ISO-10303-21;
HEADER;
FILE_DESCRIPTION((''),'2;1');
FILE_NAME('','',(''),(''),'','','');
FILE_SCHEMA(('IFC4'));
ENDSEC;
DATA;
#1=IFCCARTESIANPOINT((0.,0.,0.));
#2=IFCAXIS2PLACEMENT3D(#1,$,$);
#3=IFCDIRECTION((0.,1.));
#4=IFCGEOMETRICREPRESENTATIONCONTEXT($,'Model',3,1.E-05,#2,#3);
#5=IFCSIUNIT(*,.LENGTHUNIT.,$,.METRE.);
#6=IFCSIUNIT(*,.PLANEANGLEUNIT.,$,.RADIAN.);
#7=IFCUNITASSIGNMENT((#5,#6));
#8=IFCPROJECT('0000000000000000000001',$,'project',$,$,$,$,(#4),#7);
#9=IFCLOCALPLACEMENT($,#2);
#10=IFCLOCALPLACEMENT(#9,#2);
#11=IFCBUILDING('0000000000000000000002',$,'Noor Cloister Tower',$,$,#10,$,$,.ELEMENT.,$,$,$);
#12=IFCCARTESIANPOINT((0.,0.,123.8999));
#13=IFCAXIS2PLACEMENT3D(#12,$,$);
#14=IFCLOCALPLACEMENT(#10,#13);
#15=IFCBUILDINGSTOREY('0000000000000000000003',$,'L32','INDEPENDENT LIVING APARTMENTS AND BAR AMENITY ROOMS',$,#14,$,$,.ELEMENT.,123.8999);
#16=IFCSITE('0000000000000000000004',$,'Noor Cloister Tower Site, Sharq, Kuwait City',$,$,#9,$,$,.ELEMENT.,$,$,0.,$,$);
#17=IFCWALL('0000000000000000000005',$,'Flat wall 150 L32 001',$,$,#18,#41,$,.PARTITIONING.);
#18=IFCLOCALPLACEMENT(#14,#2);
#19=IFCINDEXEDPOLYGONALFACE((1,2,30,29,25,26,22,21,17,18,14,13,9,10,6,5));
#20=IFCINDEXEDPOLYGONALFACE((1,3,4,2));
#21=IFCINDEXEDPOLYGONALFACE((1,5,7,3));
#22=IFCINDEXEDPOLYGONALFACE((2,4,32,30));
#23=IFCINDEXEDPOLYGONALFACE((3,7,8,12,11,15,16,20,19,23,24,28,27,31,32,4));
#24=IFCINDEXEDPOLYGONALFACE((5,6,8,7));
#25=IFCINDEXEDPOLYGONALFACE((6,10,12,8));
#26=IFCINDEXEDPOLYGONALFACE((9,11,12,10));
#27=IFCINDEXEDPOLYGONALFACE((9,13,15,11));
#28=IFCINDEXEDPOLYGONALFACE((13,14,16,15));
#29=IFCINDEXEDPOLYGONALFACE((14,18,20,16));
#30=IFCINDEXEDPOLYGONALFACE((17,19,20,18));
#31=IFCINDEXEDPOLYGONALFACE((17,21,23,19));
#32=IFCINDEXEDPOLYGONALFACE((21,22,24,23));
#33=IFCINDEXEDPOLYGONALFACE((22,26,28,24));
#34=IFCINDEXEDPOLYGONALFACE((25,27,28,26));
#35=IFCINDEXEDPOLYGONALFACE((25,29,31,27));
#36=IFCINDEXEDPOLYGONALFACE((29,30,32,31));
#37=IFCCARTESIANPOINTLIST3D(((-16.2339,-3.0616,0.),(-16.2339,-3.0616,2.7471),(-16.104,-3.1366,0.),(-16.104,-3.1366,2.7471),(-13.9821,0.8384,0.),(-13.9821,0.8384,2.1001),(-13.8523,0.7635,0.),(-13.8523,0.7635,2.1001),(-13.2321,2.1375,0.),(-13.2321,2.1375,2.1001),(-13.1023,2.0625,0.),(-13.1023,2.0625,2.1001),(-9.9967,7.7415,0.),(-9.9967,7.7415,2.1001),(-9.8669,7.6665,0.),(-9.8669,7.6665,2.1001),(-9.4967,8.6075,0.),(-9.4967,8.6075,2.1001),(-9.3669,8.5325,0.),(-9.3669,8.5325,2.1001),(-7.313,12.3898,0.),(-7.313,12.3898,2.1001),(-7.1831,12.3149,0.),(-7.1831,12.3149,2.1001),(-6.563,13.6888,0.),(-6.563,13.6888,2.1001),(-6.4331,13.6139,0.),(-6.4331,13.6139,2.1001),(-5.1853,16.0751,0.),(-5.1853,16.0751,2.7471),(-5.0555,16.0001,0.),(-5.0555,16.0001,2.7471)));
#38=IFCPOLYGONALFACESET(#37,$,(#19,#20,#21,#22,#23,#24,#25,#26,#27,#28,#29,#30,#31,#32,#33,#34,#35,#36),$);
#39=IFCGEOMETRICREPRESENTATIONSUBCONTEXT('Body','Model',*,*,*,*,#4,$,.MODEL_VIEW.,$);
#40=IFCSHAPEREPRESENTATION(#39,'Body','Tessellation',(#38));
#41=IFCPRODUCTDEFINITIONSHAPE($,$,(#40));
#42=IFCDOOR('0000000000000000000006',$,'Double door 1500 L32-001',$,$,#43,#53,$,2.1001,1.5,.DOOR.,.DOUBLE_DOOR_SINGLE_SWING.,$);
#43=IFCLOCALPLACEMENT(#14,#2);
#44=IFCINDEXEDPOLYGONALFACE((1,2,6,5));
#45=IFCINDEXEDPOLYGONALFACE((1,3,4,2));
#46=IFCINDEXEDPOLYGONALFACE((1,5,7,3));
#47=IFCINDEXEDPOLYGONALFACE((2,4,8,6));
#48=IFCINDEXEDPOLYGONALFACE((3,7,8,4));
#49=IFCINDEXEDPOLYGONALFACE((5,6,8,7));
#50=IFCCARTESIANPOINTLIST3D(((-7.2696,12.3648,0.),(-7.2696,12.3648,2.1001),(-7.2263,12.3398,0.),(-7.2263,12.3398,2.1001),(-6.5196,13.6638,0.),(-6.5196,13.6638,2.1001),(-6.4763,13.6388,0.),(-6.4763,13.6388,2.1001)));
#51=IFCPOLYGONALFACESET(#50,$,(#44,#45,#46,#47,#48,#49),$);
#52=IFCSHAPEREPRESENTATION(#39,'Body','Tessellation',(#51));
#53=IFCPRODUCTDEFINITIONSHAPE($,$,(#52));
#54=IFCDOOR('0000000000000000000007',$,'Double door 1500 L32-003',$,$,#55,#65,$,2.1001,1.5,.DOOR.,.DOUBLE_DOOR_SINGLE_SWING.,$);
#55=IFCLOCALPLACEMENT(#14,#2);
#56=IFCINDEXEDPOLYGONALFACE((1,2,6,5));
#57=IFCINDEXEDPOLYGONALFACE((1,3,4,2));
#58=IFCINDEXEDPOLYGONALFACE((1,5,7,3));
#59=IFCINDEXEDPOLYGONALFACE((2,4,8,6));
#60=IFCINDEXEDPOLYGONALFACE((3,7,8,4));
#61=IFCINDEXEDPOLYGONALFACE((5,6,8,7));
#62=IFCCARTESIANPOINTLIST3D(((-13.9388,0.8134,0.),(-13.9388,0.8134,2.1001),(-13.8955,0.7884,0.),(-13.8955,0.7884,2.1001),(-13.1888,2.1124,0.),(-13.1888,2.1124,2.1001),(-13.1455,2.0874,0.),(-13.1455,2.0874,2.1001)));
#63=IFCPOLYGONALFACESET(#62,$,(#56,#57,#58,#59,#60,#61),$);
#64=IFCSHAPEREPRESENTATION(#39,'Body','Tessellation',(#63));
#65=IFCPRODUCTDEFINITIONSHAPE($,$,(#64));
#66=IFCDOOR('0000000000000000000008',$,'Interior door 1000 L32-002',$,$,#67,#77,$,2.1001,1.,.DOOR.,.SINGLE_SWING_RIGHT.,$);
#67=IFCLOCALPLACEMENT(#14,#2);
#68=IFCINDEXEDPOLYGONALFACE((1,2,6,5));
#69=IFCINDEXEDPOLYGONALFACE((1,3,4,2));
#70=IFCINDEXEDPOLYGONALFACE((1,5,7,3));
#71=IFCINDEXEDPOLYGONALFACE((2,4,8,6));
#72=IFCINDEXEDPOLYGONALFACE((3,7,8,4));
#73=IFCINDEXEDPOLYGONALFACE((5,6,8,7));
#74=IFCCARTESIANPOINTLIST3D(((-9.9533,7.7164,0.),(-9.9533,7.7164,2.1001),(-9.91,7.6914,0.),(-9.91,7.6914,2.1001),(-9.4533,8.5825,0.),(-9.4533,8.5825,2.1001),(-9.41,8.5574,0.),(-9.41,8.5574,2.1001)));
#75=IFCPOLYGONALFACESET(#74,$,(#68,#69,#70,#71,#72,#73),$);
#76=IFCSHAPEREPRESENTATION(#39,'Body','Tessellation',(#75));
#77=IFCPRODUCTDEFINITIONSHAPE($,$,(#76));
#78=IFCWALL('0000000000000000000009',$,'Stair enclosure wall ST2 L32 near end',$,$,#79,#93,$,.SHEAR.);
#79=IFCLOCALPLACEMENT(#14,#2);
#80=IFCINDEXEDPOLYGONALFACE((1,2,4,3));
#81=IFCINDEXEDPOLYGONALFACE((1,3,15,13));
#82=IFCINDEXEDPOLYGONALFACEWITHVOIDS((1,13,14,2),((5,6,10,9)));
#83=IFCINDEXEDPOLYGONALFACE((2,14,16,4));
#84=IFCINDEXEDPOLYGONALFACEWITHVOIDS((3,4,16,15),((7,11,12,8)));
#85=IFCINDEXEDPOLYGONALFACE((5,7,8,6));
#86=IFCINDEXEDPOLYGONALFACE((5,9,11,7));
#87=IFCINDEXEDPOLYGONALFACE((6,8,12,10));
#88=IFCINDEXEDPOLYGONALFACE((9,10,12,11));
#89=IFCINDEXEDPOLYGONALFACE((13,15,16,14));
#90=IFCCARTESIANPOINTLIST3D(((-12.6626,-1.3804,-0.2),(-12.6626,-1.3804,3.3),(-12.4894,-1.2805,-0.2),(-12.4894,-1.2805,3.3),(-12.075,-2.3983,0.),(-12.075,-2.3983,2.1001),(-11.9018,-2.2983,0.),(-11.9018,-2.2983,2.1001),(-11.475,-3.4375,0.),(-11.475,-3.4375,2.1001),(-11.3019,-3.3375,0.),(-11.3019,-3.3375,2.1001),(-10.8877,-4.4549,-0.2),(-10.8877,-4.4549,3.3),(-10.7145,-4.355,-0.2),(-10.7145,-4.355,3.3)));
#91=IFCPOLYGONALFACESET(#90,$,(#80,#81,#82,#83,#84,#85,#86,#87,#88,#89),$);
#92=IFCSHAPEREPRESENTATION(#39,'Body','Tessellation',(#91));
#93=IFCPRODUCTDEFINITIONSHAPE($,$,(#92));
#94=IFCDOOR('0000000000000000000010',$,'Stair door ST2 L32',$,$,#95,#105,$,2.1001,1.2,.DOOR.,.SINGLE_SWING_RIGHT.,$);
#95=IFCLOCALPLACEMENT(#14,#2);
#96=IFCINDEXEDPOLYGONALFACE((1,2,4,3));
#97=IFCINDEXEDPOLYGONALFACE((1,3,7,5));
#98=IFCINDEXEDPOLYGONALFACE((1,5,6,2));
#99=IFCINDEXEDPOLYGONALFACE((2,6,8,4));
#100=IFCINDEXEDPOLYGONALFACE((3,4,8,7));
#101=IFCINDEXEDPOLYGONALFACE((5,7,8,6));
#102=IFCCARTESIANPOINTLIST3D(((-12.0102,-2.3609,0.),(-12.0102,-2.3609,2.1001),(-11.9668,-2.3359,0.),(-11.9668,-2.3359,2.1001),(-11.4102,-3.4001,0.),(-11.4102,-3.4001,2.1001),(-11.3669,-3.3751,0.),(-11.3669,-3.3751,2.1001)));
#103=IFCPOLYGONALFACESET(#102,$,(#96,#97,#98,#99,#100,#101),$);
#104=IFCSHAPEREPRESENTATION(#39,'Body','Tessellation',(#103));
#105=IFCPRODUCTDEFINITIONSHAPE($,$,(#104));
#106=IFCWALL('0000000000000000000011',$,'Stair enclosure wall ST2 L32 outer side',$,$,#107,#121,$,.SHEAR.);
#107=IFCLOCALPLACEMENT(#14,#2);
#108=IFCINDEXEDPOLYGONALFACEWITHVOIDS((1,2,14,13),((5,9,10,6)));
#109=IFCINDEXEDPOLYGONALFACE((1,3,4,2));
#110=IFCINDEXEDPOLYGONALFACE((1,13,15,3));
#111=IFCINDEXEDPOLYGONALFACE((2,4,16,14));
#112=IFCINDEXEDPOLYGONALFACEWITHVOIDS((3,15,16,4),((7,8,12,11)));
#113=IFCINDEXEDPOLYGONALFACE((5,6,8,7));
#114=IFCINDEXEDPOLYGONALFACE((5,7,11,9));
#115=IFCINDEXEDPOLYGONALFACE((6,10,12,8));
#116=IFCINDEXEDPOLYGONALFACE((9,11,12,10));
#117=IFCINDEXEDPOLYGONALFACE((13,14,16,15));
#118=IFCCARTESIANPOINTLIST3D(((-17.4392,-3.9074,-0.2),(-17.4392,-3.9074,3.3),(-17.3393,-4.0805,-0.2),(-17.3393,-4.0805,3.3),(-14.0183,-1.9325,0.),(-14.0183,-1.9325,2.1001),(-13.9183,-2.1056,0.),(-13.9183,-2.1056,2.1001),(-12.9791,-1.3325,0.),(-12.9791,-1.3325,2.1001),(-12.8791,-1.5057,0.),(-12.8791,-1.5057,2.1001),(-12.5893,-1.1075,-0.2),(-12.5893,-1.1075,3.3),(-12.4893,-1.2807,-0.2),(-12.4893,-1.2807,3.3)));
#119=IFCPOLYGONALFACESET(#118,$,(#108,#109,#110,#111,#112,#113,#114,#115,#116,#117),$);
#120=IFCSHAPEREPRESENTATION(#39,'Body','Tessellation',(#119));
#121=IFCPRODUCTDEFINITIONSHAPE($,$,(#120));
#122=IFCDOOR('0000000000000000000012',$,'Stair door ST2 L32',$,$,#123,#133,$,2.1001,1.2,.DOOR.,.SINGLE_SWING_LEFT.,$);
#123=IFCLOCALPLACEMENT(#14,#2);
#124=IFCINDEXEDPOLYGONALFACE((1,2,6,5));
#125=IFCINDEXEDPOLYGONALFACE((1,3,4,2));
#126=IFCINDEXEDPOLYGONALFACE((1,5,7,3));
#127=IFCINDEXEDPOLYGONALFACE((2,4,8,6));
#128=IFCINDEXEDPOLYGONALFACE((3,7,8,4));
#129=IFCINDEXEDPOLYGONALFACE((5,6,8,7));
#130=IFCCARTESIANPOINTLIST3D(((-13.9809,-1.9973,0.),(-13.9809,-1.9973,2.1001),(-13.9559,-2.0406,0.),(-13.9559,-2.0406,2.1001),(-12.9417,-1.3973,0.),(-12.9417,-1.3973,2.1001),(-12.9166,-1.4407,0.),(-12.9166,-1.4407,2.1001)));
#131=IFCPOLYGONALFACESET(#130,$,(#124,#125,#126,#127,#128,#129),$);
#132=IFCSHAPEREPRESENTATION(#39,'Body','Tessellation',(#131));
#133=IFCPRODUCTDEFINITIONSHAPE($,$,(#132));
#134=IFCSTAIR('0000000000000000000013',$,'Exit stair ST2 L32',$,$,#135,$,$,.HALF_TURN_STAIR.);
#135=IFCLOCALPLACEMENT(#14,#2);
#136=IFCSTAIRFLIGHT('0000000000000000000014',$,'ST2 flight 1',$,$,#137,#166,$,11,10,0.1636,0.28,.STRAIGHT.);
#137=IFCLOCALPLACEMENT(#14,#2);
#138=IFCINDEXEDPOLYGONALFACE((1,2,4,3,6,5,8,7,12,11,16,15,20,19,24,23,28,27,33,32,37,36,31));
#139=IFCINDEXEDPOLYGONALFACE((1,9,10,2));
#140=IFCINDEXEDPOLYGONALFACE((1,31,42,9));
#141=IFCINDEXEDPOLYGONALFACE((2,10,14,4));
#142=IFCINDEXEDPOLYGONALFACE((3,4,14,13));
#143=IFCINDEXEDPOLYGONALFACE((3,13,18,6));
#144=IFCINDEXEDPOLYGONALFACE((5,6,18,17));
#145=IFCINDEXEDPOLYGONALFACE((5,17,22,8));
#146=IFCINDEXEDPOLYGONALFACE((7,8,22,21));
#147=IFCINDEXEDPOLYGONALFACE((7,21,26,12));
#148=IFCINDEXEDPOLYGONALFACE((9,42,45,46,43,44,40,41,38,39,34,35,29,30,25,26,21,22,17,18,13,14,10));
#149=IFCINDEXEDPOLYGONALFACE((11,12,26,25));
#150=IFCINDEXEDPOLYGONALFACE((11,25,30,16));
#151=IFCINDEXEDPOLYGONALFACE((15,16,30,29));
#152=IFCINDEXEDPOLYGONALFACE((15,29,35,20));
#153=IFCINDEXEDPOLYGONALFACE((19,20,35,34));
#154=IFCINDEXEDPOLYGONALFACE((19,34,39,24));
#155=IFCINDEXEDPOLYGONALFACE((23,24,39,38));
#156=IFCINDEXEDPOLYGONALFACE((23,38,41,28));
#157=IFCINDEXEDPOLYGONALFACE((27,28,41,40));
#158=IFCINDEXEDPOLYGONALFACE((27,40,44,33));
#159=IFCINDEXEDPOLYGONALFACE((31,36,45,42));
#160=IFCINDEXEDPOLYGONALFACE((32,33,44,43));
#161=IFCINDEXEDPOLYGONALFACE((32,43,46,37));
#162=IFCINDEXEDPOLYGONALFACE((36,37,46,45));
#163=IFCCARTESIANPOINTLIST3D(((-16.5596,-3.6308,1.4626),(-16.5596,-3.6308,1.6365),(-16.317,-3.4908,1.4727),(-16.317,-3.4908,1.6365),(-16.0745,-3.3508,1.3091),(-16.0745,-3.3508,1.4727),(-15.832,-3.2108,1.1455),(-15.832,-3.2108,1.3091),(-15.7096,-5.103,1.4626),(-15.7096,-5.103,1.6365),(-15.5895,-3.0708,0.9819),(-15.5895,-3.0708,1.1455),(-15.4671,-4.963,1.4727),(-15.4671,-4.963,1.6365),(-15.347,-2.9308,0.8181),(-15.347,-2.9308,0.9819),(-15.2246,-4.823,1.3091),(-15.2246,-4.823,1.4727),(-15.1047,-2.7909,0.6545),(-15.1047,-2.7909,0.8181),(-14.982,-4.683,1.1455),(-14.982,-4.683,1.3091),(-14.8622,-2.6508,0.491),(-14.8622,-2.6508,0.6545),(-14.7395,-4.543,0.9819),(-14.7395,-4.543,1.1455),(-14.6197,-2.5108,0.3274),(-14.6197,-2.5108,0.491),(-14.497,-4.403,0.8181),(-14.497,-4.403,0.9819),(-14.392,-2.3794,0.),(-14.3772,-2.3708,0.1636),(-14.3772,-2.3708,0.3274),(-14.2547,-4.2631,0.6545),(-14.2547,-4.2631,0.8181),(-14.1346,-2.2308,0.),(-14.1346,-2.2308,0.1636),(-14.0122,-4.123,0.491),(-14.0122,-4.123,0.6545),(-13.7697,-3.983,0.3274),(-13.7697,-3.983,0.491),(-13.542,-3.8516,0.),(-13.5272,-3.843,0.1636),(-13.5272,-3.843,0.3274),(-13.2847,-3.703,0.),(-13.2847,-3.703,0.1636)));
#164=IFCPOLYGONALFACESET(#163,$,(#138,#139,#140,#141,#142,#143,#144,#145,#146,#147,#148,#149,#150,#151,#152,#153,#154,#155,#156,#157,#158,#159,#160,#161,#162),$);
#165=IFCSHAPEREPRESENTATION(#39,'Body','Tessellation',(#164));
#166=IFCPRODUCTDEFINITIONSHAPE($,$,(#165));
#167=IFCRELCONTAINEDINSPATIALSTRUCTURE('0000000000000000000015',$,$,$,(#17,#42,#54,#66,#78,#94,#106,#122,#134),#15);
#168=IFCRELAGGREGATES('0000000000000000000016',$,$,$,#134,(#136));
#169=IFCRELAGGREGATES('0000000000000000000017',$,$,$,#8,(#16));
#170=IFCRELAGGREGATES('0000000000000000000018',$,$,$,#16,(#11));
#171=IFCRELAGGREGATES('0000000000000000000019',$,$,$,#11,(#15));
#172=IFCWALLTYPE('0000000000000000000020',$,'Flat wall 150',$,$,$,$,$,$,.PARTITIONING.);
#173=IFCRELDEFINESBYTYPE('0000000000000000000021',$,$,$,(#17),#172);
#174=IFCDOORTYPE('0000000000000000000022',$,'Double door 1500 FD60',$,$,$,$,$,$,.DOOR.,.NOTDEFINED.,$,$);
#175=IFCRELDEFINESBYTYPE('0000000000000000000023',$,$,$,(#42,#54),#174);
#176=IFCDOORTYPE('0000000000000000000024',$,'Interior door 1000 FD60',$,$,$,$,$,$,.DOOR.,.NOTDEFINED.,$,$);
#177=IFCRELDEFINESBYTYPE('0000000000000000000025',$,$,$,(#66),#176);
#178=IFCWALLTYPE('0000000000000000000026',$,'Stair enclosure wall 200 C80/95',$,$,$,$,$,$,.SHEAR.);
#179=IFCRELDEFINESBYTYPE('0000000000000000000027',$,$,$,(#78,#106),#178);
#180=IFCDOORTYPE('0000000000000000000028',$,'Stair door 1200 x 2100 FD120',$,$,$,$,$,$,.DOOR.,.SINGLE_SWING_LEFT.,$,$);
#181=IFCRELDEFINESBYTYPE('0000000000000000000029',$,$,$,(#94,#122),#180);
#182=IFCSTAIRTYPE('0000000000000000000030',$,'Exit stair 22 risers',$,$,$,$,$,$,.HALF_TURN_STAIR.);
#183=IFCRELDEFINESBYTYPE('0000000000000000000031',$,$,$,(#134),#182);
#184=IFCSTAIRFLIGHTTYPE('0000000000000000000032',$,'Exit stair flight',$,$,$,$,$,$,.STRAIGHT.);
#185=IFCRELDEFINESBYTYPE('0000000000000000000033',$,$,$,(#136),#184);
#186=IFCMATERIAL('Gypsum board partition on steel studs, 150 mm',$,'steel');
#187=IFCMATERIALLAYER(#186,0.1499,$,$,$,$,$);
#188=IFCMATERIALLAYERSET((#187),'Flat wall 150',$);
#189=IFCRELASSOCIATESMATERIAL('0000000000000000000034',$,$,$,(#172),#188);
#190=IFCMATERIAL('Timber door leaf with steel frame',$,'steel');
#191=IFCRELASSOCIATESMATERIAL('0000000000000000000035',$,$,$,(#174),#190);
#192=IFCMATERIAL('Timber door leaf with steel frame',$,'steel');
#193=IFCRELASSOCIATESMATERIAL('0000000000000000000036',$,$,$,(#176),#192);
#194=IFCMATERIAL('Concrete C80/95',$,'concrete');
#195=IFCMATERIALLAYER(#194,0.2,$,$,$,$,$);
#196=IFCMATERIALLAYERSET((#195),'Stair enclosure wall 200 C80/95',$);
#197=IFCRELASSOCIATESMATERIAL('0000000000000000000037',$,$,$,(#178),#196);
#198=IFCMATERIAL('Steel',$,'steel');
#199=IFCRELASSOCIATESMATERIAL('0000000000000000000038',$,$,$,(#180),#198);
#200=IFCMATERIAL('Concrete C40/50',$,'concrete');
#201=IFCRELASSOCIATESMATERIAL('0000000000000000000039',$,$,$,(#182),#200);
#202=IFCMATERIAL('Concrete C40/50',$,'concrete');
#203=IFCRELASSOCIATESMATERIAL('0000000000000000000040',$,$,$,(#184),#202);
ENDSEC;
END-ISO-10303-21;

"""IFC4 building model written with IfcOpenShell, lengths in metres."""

from ifc_helpers import new_model, si_unit, direction, frame, frame_2d, origin, place, context, subcontext, project, spatial, polyline, rectangle, outline, extrude, material, layer, layer_set, type_object, element, fill, aggregate, save


model = new_model("IFC4")

# Units and contexts
model_context = context("Model", 3, precision=1e-05, world=origin(), true_north=direction((0.0, 1.0)))
body_context = subcontext(model_context, "Body", "Model", "MODEL_VIEW")
ifc_project = project(units=[si_unit("LENGTHUNIT", "METRE"), si_unit("PLANEANGLEUNIT", "RADIAN")], contexts=[model_context])

# Site, building, storey
site_placement = place(None, origin())
site = spatial("IfcSite", under=ifc_project, at=site_placement, Name="Noor Cloister Tower Site, Sharq, Kuwait City", CompositionType="ELEMENT", RefElevation=0.0)
building_placement = place(site_placement, origin())
building = spatial("IfcBuilding", under=site, at=building_placement, Name="Noor Cloister Tower", CompositionType="ELEMENT")
storey_placement = place(building_placement, frame((0.0, 0.0, 123.8999)))
storey = spatial("IfcBuildingStorey", under=building, at=storey_placement, Name="L32", Description="INDEPENDENT LIVING APARTMENTS AND BAR AMENITY ROOMS", CompositionType="ELEMENT", Elevation=123.8999)

# Wall, openings, doors
ifc_material_1 = material(Name="Gypsum board partition on steel studs, 150 mm", Category="steel")
ifc_layer_1 = layer(ifc_material_1, 0.1499)
ifc_layer_set_1 = layer_set([ifc_layer_1], Name="Flat wall 150")
wall_type_1 = type_object("IfcWallType", Name="Flat wall 150", PredefinedType="PARTITIONING", material=ifc_layer_set_1)
wall_1_placement = place(storey_placement, frame((-16.1689, -3.0991, 0.0), z_axis=(0.0, 0.0, 1.0), x_axis=(0.5, 0.866026, 0.0)))
wall_1 = element("IfcWall", 1, at=wall_1_placement, inside=storey, type_object=wall_type_1, Name="Flat wall 150 L32 001", PredefinedType="PARTITIONING", context=body_context, shape_type="SweptSolid", body=[
    extrude(rectangle(XDim=22.0972, YDim=0.1499, at=frame_2d((11.0486, 0.0))), origin(), (0.0, 0.0, 1.0), 2.7471),
])
opening_1_placement = place(wall_1_placement, frame((17.8418, 0.0, 0.0)))
opening_1 = element("IfcOpeningElement", 2, at=opening_1_placement, cuts=wall_1, PredefinedType="OPENING", context=body_context, shape_type="SweptSolid", body=[
    extrude(rectangle(XDim=1.5, YDim=2.1001, at=frame_2d((0.75, 1.05))), frame((0.0, 0.085, 0.0), z_axis=(0.0, -1.0, 0.0), x_axis=(1.0, 0.0, 0.0)), (0.0, 0.0, 1.0), 0.1699),
])
opening_2_placement = place(wall_1_placement, frame((12.4744, 0.0, 0.0)))
opening_2 = element("IfcOpeningElement", 3, at=opening_2_placement, cuts=wall_1, PredefinedType="OPENING", context=body_context, shape_type="SweptSolid", body=[
    extrude(rectangle(XDim=1.0, YDim=2.1001, at=frame_2d((0.5, 1.05))), frame((0.0, 0.085, 0.0), z_axis=(0.0, -1.0, 0.0), x_axis=(1.0, 0.0, 0.0)), (0.0, 0.0, 1.0), 0.1699),
])
opening_3_placement = place(wall_1_placement, frame((4.5034, 0.0, 0.0)))
opening_3 = element("IfcOpeningElement", 4, at=opening_3_placement, cuts=wall_1, PredefinedType="OPENING", context=body_context, shape_type="SweptSolid", body=[
    extrude(rectangle(XDim=1.5, YDim=2.1001, at=frame_2d((0.75, 1.05))), frame((0.0, 0.085, 0.0), z_axis=(0.0, -1.0, 0.0), x_axis=(1.0, 0.0, 0.0)), (0.0, 0.0, 1.0), 0.1699),
])
ifc_material_2 = material(Name="Timber door leaf with steel frame", Category="steel")
door_type_1 = type_object("IfcDoorType", Name="Double door 1500 FD60", OperationType="NOTDEFINED", PredefinedType="DOOR", material=ifc_material_2)
door_1_placement = place(opening_1_placement, origin())
door_1 = element("IfcDoor", 5, at=door_1_placement, inside=storey, type_object=door_type_1, Name="Double door 1500 L32-001", OperationType="DOUBLE_DOOR_SINGLE_SWING", OverallHeight=2.1001, OverallWidth=1.5, PredefinedType="DOOR", context=body_context, shape_type="SweptSolid", body=[
    extrude(rectangle(XDim=1.5, YDim=2.1001, at=frame_2d((0.75, 1.05))), frame((0.0, 0.0249, 0.0), z_axis=(0.0, -1.0, 0.0), x_axis=(1.0, 0.0, 0.0)), (0.0, 0.0, 1.0), 0.05),
])
fill(opening_1, door_1)
door_2_placement = place(opening_3_placement, origin())
door_2 = element("IfcDoor", 6, at=door_2_placement, inside=storey, type_object=door_type_1, Name="Double door 1500 L32-003", OperationType="DOUBLE_DOOR_SINGLE_SWING", OverallHeight=2.1001, OverallWidth=1.5, PredefinedType="DOOR", context=body_context, shape_type="SweptSolid", body=[
    extrude(rectangle(XDim=1.5, YDim=2.1001, at=frame_2d((0.75, 1.05))), frame((0.0, 0.0249, 0.0), z_axis=(0.0, -1.0, 0.0), x_axis=(1.0, 0.0, 0.0)), (0.0, 0.0, 1.0), 0.05),
])
fill(opening_3, door_2)
ifc_material_3 = material(Name="Timber door leaf with steel frame", Category="steel")
door_type_2 = type_object("IfcDoorType", Name="Interior door 1000 FD60", OperationType="NOTDEFINED", PredefinedType="DOOR", material=ifc_material_3)
door_3_placement = place(opening_2_placement, origin())
door_3 = element("IfcDoor", 7, at=door_3_placement, inside=storey, type_object=door_type_2, Name="Interior door 1000 L32-002", OperationType="SINGLE_SWING_RIGHT", OverallHeight=2.1001, OverallWidth=1.0, PredefinedType="DOOR", context=body_context, shape_type="SweptSolid", body=[
    extrude(rectangle(XDim=1.0, YDim=2.1001, at=frame_2d((0.5, 1.05))), frame((0.0, 0.0249, 0.0), z_axis=(0.0, -1.0, 0.0), x_axis=(1.0, 0.0, 0.0)), (0.0, 0.0, 1.0), 0.05),
])
fill(opening_2, door_3)

# Walls, openings, doors
ifc_material_4 = material(Name="Concrete C80/95", Category="concrete")
ifc_layer_2 = layer(ifc_material_4, 0.2)
ifc_layer_set_2 = layer_set([ifc_layer_2], Name="Stair enclosure wall 200 C80/95")
wall_type_2 = type_object("IfcWallType", Name="Stair enclosure wall 200 C80/95", PredefinedType="SHEAR", material=ifc_layer_set_2)
wall_2_placement = place(storey_placement, frame((-12.5759, -1.3306, -0.2), z_axis=(0.0, 0.0, 1.0), x_axis=(0.49997, -0.866042, 0.0)))
wall_2 = element("IfcWall", 8, at=wall_2_placement, inside=storey, type_object=wall_type_2, Name="Stair enclosure wall ST2 L32 near end", PredefinedType="SHEAR", context=body_context, shape_type="SweptSolid", body=[
    extrude(rectangle(XDim=3.55, YDim=0.2, at=frame_2d((1.7749, 0.0))), origin(), (0.0, 0.0, 1.0), 3.5),
])
opening_4_placement = place(wall_2_placement, frame((1.175, 0.0, 0.2)))
opening_4 = element("IfcOpeningElement", 9, at=opening_4_placement, cuts=wall_2, PredefinedType="OPENING", context=body_context, shape_type="SweptSolid", body=[
    extrude(rectangle(XDim=1.2, YDim=2.1001, at=frame_2d((0.6001, 1.05))), frame((0.0, 0.1099, 0.0), z_axis=(0.0, -1.0, 0.0), x_axis=(1.0, 0.0, 0.0)), (0.0, 0.0, 1.0), 0.22),
])
ifc_material_5 = material(Name="Steel", Category="steel")
door_type_3 = type_object("IfcDoorType", Name="Stair door 1200 x 2100 FD120", OperationType="SINGLE_SWING_LEFT", PredefinedType="DOOR", material=ifc_material_5)
door_4_placement = place(opening_4_placement, origin())
door_4 = element("IfcDoor", 10, at=door_4_placement, inside=storey, type_object=door_type_3, Name="Stair door ST2 L32", OperationType="SINGLE_SWING_RIGHT", OverallHeight=2.1001, OverallWidth=1.2, PredefinedType="DOOR", context=body_context, shape_type="SweptSolid", body=[
    extrude(rectangle(XDim=1.2, YDim=2.1001, at=frame_2d((0.6001, 1.05))), frame((0.0, 0.0249, 0.0), z_axis=(0.0, -1.0, 0.0), x_axis=(1.0, 0.0, 0.0)), (0.0, 0.0, 1.0), 0.05),
])
fill(opening_4, door_4)
wall_3_placement = place(storey_placement, frame((-12.5393, -1.1941, -0.2), z_axis=(0.0, 0.0, 1.0), x_axis=(-0.866045, -0.499965, 0.0)))
wall_3 = element("IfcWall", 11, at=wall_3_placement, inside=storey, type_object=wall_type_2, Name="Stair enclosure wall ST2 L32 outer side", PredefinedType="SHEAR", context=body_context, shape_type="SweptSolid", body=[
    extrude(rectangle(XDim=5.6001, YDim=0.2, at=frame_2d((2.8, 0.0))), origin(), (0.0, 0.0, 1.0), 3.5),
])
opening_5_placement = place(wall_3_placement, frame((0.45, 0.0, 0.2)))
opening_5 = element("IfcOpeningElement", 12, at=opening_5_placement, cuts=wall_3, PredefinedType="OPENING", context=body_context, shape_type="SweptSolid", body=[
    extrude(rectangle(XDim=1.2, YDim=2.1001, at=frame_2d((0.6001, 1.05))), frame((0.0, 0.1099, 0.0), z_axis=(0.0, -1.0, 0.0), x_axis=(1.0, 0.0, 0.0)), (0.0, 0.0, 1.0), 0.22),
])
door_5_placement = place(opening_5_placement, origin())
door_5 = element("IfcDoor", 13, at=door_5_placement, inside=storey, type_object=door_type_3, Name="Stair door ST2 L32", OperationType="SINGLE_SWING_LEFT", OverallHeight=2.1001, OverallWidth=1.2, PredefinedType="DOOR", context=body_context, shape_type="SweptSolid", body=[
    extrude(rectangle(XDim=1.2, YDim=2.1001, at=frame_2d((0.6001, 1.05))), frame((0.0, 0.0249, 0.0), z_axis=(0.0, -1.0, 0.0), x_axis=(1.0, 0.0, 0.0)), (0.0, 0.0, 1.0), 0.05),
])
fill(opening_5, door_5)

# Stair, stair flight
ifc_material_6 = material(Name="Concrete C40/50", Category="concrete")
stair_type = type_object("IfcStairType", Name="Exit stair 22 risers", PredefinedType="HALF_TURN_STAIR", material=ifc_material_6)
stair_placement = place(storey_placement, origin())
stair = element("IfcStair", 14, at=stair_placement, inside=storey, type_object=stair_type, Name="Exit stair ST2 L32", PredefinedType="HALF_TURN_STAIR")
ifc_material_7 = material(Name="Concrete C40/50", Category="concrete")
stair_flight_type = type_object("IfcStairFlightType", Name="Exit stair flight", PredefinedType="STRAIGHT", material=ifc_material_7)
stair_flight_1_placement = place(storey_placement, frame((-13.7097, -2.9668, 0.0), z_axis=(0.0, 0.0, 1.0), x_axis=(-0.866025, -0.5, 0.0)))
stair_flight_1 = element("IfcStairFlight", 15, at=stair_flight_1_placement, type_object=stair_flight_type, Name="ST2 flight 1", NumberOfRisers=11, NumberOfTreads=10, PredefinedType="STRAIGHT", RiserHeight=0.1636, TreadLength=0.28, context=body_context, shape_type="SweptSolid", body=[
    extrude(outline(polyline([(0.0, 0.0), (0.0, 0.1636), (0.28, 0.1636), (0.28, 0.3274), (0.5601, 0.3274), (0.5601, 0.491), (0.8401, 0.491), (0.8401, 0.6545), (1.1201, 0.6545), (1.1201, 0.8181), (1.3999, 0.8181), (1.3999, 0.9819), (1.6799, 0.9819), (1.6799, 1.1455), (1.96, 1.1455), (1.96, 1.3091), (2.24, 1.3091), (2.24, 1.4727), (2.52, 1.4727), (2.52, 1.6365), (2.8, 1.6365), (2.8, 1.8), (2.8, 1.4626), (0.2971, 0.0), (0.0, 0.0)])), frame((0.0, 0.8501, 0.0), z_axis=(0.0, -1.0, 0.0), x_axis=(1.0, 0.0, 0.0)), (0.0, 0.0, 1.0), 1.7),
])
aggregate(stair, [stair_flight_1])

save(model, "model.ifc")
